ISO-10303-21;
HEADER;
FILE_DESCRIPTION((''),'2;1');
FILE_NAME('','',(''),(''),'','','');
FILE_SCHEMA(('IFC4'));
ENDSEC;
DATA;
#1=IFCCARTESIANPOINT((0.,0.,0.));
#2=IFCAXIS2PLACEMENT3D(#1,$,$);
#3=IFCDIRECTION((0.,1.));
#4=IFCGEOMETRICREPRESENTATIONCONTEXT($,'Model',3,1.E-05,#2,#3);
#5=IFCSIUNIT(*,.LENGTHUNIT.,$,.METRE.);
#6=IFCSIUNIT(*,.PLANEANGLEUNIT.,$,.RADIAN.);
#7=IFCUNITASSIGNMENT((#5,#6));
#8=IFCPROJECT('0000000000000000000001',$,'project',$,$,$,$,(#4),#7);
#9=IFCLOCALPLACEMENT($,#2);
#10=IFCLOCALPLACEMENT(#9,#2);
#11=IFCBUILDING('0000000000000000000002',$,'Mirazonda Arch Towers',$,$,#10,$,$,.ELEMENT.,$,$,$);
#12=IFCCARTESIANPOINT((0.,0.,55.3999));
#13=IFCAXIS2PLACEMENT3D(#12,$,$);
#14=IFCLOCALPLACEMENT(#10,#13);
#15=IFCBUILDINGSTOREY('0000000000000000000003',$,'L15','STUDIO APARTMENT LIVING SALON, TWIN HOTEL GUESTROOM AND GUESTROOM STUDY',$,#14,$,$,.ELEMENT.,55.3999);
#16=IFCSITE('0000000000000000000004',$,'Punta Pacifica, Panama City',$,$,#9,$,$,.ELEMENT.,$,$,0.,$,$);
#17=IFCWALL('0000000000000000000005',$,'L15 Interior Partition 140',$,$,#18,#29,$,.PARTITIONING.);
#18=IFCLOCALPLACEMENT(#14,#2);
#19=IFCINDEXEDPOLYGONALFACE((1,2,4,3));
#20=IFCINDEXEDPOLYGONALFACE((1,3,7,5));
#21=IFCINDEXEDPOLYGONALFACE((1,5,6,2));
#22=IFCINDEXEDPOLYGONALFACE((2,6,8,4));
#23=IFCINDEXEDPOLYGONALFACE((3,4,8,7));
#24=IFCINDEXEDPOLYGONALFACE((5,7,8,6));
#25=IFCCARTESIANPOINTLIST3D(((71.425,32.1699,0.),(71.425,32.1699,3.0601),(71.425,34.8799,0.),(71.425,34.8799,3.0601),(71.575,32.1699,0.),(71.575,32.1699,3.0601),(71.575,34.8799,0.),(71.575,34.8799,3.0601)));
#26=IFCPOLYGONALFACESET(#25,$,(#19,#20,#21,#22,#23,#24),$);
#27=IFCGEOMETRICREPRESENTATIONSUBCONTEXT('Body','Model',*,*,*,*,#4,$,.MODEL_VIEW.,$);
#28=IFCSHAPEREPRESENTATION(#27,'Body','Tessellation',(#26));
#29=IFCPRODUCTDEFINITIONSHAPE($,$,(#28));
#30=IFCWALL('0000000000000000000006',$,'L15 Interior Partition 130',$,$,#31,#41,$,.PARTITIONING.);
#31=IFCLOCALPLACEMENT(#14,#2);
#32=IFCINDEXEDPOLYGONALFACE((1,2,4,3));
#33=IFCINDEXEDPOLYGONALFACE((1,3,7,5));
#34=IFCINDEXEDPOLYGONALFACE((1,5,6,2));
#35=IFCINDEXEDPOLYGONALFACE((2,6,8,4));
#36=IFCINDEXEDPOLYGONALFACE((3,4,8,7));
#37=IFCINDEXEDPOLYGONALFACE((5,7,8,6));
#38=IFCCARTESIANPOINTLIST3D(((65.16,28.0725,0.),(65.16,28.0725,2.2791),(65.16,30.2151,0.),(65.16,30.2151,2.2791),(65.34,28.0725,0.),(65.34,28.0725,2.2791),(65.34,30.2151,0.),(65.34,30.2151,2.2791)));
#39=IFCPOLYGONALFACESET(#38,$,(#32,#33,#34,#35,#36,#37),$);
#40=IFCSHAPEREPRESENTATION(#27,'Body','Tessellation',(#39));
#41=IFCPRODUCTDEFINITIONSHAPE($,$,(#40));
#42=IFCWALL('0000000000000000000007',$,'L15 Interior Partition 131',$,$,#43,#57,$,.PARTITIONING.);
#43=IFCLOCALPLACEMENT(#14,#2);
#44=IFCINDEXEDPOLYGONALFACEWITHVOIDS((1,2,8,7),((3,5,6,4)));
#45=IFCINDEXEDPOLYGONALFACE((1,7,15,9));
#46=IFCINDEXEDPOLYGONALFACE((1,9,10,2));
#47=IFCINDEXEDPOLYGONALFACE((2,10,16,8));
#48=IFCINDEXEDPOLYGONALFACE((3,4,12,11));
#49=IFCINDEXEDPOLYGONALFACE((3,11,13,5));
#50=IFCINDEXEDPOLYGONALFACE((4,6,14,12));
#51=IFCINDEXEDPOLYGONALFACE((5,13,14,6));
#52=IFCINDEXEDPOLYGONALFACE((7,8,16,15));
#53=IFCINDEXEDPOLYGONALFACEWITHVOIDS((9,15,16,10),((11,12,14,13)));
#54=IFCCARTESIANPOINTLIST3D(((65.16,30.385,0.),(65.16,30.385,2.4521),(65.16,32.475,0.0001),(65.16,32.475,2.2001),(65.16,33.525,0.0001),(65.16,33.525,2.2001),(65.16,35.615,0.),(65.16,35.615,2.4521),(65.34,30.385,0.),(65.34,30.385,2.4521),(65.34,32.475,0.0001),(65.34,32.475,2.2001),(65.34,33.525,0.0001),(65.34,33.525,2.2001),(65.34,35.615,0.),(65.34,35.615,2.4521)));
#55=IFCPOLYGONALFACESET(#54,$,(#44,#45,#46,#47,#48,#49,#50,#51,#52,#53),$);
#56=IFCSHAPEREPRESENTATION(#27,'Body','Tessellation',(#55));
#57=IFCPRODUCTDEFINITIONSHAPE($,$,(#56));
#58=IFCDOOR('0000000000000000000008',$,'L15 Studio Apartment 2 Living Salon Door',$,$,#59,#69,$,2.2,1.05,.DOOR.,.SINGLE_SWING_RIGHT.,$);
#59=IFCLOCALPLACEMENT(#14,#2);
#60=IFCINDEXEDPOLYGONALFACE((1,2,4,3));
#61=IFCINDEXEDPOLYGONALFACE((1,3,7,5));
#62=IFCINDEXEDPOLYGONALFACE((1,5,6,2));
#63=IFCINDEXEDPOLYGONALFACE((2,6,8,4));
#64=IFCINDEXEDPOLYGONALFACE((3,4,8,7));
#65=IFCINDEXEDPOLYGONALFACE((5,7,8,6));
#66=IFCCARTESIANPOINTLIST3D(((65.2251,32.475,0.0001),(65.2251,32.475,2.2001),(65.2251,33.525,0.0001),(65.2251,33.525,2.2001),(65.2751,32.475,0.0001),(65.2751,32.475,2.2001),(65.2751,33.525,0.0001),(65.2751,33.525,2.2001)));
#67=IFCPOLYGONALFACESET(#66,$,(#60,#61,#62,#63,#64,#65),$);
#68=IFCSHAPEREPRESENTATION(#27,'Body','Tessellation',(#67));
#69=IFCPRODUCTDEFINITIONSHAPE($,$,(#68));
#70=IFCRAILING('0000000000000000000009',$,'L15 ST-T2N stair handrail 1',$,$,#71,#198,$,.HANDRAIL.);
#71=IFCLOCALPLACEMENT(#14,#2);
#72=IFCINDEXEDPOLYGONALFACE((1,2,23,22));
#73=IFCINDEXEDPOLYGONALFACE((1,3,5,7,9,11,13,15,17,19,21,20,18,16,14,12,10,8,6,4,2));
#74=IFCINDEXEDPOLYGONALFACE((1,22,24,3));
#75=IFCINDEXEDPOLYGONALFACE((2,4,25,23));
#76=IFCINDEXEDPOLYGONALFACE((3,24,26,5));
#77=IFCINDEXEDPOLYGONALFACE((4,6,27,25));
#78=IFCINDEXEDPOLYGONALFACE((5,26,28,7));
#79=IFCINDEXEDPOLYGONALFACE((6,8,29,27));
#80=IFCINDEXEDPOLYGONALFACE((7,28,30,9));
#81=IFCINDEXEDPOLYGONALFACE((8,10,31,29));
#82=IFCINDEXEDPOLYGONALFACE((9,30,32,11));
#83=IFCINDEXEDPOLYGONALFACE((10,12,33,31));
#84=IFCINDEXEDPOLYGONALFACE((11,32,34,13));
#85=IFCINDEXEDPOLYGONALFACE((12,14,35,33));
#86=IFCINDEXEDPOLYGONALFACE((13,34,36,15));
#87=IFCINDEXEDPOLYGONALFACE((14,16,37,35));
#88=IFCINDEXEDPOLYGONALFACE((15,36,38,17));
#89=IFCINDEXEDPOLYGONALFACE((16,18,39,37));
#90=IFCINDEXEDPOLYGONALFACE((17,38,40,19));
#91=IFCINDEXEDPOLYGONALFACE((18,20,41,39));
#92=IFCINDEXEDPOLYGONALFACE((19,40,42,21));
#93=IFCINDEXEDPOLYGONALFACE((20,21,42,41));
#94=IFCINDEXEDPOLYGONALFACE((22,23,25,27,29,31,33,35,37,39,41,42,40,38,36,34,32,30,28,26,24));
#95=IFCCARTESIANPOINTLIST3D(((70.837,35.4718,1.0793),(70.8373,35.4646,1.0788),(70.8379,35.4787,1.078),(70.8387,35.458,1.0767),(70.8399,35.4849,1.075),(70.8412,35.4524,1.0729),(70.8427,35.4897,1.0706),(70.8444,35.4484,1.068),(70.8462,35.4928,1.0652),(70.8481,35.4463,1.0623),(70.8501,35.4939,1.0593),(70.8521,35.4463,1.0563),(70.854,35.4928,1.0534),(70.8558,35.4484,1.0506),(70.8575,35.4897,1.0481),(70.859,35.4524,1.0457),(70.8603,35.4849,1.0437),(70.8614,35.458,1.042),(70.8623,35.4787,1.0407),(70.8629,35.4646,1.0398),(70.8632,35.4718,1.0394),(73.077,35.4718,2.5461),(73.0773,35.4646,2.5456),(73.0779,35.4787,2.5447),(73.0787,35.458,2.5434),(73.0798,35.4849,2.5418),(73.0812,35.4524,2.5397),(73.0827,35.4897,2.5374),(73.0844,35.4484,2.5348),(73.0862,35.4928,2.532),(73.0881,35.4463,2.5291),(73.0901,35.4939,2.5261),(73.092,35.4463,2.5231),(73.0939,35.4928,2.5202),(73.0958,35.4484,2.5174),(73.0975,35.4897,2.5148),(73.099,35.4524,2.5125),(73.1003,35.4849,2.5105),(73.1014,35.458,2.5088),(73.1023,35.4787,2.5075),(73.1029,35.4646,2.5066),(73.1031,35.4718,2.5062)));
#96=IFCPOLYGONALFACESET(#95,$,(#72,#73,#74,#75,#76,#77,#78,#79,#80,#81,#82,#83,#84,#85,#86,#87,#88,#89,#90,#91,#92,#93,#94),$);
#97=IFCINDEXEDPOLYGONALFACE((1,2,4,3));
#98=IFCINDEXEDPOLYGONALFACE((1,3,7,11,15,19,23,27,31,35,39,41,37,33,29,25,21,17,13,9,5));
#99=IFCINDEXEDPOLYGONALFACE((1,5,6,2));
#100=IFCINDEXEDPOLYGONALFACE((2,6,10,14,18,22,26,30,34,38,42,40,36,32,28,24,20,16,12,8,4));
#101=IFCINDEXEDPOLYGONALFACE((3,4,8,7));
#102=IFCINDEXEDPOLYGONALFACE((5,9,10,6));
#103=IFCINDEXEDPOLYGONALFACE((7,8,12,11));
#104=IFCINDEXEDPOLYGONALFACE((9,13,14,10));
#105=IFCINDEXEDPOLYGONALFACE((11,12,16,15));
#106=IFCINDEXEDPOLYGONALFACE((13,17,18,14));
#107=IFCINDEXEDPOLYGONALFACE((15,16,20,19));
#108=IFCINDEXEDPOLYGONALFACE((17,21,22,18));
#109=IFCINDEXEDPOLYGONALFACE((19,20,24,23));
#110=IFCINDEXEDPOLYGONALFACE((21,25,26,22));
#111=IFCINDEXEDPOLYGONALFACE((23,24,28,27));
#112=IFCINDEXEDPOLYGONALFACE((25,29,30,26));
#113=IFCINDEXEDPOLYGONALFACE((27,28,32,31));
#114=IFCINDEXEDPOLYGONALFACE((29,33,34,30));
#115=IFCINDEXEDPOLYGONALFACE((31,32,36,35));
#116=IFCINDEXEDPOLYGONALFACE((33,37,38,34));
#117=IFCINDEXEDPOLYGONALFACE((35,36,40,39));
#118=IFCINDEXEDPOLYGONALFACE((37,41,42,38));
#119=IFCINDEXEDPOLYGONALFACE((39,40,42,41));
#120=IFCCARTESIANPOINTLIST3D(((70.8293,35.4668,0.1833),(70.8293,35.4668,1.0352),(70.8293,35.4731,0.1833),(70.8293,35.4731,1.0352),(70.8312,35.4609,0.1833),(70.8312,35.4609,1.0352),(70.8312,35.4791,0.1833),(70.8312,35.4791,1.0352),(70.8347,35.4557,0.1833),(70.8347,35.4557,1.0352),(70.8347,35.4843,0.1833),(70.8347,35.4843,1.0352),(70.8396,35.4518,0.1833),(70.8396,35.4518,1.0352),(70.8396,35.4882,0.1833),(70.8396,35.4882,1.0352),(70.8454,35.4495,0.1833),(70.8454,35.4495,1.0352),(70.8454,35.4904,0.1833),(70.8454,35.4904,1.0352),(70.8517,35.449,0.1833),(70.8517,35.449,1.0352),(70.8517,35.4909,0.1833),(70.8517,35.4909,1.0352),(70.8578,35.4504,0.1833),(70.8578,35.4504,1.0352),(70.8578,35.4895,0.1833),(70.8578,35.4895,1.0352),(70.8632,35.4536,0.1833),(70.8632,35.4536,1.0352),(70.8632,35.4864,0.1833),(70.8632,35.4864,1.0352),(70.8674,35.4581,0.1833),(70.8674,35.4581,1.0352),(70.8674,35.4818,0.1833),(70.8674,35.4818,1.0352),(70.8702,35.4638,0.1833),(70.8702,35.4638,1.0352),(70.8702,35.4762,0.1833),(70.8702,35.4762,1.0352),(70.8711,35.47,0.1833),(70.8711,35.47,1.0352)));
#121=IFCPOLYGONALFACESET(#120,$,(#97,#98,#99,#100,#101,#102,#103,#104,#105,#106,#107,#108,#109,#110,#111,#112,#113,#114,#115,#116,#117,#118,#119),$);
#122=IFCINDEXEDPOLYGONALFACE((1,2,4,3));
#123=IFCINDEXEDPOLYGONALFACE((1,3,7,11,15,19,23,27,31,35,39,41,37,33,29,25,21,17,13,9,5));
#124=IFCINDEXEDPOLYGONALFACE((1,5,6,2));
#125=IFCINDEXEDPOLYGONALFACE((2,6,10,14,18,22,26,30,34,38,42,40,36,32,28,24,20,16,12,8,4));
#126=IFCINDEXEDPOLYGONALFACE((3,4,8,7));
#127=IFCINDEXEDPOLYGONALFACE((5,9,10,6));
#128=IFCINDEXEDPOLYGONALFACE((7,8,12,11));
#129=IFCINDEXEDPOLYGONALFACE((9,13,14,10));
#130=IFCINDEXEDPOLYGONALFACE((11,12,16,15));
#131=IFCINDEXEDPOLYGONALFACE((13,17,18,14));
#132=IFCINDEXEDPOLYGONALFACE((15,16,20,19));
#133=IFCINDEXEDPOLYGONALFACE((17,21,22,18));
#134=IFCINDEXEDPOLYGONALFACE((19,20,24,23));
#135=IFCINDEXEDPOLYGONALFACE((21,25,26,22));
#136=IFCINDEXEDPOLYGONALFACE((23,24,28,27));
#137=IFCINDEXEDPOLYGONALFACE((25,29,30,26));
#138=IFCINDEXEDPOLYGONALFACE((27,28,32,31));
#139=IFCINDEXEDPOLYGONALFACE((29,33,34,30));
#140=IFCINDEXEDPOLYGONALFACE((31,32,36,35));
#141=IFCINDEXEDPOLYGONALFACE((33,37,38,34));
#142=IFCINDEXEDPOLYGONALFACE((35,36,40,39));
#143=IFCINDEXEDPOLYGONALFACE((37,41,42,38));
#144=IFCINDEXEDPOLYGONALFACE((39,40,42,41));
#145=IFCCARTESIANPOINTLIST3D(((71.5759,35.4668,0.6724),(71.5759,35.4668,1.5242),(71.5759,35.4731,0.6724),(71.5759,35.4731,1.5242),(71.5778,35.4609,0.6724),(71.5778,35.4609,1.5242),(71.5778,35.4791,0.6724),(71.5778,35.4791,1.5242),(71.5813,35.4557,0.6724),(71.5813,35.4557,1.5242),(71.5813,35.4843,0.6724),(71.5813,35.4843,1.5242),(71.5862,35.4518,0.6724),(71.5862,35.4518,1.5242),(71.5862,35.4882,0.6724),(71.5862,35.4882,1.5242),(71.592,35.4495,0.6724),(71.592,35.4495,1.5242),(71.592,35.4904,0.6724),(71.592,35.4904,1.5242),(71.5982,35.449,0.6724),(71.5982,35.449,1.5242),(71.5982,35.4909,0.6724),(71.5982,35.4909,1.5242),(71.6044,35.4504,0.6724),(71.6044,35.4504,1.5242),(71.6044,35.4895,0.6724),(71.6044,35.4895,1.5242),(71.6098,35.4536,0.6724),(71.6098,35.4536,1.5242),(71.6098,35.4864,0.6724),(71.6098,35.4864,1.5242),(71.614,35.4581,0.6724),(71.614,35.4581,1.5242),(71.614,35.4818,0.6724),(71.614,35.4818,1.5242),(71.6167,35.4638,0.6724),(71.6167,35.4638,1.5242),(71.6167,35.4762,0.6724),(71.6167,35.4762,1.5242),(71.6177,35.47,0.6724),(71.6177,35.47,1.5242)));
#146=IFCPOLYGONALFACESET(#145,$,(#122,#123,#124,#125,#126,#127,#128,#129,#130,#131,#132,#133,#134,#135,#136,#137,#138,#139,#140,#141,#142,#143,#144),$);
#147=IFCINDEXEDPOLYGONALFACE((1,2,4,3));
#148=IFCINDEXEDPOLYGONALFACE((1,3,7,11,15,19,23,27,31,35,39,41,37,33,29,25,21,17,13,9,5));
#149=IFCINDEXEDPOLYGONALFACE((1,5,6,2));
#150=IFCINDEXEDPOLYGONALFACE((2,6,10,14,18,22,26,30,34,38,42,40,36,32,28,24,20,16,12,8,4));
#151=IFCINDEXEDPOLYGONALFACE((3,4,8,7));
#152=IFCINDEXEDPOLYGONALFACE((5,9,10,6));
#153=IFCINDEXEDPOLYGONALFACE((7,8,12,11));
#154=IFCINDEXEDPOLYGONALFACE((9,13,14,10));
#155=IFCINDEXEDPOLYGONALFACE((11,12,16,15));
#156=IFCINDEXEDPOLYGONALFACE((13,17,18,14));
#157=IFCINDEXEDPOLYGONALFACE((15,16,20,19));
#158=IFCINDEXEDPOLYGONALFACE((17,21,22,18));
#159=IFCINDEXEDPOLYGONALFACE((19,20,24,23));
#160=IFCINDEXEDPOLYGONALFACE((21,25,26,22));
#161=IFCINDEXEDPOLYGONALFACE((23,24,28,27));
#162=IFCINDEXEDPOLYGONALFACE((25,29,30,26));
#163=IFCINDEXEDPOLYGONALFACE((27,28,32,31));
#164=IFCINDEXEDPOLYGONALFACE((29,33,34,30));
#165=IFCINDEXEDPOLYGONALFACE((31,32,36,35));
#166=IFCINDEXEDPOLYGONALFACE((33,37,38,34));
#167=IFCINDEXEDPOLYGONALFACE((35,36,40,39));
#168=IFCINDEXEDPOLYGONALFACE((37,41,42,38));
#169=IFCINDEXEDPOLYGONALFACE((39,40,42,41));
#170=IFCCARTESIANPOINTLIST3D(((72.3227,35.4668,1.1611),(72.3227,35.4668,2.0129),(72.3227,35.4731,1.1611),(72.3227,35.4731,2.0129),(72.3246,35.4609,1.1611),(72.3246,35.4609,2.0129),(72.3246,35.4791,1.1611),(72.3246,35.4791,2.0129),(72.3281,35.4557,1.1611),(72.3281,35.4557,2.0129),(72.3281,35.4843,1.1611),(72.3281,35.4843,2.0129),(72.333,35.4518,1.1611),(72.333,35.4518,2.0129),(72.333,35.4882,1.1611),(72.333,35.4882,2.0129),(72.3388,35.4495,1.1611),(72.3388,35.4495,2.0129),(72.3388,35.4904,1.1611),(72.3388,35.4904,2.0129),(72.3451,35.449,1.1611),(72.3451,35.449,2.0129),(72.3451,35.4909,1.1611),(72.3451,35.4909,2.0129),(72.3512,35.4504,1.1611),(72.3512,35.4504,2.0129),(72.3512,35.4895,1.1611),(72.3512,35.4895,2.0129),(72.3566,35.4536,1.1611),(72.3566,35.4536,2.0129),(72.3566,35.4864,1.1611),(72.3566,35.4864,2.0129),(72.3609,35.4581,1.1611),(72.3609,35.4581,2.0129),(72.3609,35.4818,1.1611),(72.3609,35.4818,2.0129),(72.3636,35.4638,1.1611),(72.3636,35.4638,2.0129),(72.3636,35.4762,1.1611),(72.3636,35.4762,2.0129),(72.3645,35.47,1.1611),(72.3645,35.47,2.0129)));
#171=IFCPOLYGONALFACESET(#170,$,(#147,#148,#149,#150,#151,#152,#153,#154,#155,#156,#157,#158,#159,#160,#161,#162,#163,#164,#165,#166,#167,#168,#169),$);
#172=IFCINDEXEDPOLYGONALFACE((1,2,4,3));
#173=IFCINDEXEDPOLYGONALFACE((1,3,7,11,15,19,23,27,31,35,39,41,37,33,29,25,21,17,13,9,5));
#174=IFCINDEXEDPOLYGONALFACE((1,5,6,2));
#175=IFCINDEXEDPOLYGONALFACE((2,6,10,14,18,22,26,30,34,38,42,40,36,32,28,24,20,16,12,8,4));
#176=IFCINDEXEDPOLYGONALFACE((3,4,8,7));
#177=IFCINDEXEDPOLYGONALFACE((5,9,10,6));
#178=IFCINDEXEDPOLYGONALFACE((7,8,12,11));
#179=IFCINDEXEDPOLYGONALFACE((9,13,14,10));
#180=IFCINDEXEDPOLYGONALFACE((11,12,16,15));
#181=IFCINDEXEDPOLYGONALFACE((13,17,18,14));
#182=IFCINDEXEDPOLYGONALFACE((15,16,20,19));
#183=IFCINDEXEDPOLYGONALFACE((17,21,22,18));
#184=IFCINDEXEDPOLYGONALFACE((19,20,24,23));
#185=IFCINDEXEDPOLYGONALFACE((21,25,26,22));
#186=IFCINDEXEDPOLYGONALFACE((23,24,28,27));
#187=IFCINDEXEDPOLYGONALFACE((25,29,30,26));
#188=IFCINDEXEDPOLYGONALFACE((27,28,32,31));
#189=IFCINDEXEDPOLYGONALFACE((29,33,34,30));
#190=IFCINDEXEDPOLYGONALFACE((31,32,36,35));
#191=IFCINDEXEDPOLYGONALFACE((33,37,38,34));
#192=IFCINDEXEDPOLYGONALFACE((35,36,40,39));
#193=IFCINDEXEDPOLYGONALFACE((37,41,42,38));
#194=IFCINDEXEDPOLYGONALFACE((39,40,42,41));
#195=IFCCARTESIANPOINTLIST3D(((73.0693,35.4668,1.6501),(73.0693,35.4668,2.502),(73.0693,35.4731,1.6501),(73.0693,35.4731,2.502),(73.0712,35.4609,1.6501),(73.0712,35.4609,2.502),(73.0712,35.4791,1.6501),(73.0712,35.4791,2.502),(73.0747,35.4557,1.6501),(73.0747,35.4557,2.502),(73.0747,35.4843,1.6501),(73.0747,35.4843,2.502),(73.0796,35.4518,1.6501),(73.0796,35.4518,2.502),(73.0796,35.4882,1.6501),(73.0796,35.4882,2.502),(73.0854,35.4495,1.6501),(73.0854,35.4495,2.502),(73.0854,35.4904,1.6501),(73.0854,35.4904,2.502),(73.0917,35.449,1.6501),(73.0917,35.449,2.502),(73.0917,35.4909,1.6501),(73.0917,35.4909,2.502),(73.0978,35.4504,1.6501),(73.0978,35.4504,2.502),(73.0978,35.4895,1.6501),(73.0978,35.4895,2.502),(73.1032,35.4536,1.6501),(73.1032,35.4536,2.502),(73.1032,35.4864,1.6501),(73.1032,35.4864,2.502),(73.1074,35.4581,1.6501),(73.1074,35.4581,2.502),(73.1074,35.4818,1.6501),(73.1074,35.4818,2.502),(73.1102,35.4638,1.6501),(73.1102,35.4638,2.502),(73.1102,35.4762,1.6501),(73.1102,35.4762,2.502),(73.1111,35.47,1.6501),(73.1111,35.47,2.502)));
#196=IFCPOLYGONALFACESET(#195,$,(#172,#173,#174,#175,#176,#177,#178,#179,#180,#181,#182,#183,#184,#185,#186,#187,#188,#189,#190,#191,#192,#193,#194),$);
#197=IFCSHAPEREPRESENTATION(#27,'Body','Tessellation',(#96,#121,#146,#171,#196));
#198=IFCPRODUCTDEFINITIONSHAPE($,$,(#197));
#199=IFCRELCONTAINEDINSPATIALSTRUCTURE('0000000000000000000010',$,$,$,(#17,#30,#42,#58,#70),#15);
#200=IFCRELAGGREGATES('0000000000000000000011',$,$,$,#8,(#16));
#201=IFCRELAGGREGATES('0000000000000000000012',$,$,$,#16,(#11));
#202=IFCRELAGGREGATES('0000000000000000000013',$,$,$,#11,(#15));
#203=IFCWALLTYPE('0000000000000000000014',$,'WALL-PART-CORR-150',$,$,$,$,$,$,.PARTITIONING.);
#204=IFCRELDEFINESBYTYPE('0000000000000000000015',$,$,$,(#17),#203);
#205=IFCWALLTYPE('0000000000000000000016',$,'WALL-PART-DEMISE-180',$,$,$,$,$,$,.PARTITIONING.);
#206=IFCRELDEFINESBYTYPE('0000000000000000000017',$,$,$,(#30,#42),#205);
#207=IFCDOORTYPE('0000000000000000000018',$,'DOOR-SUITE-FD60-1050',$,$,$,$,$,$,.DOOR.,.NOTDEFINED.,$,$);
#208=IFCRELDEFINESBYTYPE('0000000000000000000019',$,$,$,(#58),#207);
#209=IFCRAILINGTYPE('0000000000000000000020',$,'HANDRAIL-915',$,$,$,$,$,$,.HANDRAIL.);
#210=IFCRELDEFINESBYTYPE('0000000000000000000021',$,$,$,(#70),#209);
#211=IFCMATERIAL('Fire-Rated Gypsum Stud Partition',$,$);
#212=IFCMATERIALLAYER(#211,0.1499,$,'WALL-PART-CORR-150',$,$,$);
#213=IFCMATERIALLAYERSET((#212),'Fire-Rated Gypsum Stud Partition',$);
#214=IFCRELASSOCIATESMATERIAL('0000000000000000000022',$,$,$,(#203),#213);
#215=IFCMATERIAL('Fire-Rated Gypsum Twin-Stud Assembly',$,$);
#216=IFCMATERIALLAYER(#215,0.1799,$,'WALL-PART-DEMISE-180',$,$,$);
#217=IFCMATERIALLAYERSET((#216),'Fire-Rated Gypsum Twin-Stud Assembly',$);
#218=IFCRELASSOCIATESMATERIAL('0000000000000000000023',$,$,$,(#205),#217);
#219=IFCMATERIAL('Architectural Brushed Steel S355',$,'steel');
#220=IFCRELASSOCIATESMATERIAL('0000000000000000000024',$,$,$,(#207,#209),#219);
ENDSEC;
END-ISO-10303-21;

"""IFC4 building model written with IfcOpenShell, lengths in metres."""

from ifc_helpers import new_model, si_unit, direction, frame, frame_2d, origin, origin_2d, place, context, subcontext, project, spatial, rectangle, circle, extrude, material, layer, layer_set, type_object, element, fill, save


model = new_model("IFC4")

# Units and contexts
model_context = context("Model", 3, precision=1e-05, world=origin(), true_north=direction((0.0, 1.0)))
body_context = subcontext(model_context, "Body", "Model", "MODEL_VIEW")
ifc_project = project(units=[si_unit("LENGTHUNIT", "METRE"), si_unit("PLANEANGLEUNIT", "RADIAN")], contexts=[model_context])

# Site, building, storey
site_placement = place(None, origin())
site = spatial("IfcSite", under=ifc_project, at=site_placement, Name="Punta Pacifica, Panama City", CompositionType="ELEMENT", RefElevation=0.0)
building_placement = place(site_placement, origin())
building = spatial("IfcBuilding", under=site, at=building_placement, Name="Mirazonda Arch Towers", CompositionType="ELEMENT")
storey_placement = place(building_placement, frame((0.0, 0.0, 55.3999)))
storey = spatial("IfcBuildingStorey", under=building, at=storey_placement, Name="L15", Description="STUDIO APARTMENT LIVING SALON, TWIN HOTEL GUESTROOM AND GUESTROOM STUDY", CompositionType="ELEMENT", Elevation=55.3999)

# Shared definitions
ifc_material_1 = material(Name="Architectural Brushed Steel S355", Category="steel")
ifc_material_2 = material(Name="Fire-Rated Gypsum Stud Partition")
ifc_layer_1 = layer(ifc_material_2, 0.1499, Name="WALL-PART-CORR-150")
ifc_layer_set_1 = layer_set([ifc_layer_1], Name="Fire-Rated Gypsum Stud Partition")
wall_type_1 = type_object("IfcWallType", Name="WALL-PART-CORR-150", PredefinedType="PARTITIONING", material=ifc_layer_set_1)

# Walls
wall_1_placement = place(storey_placement, frame((71.5, 32.1699, 0.0), z_axis=(0.0, 0.0, 1.0), x_axis=(0.0, 1.0, 0.0)))
element("IfcWall", 1, at=wall_1_placement, inside=storey, type_object=wall_type_1, Name="L15 Interior Partition 140", PredefinedType="PARTITIONING", context=body_context, shape_type="SweptSolid", body=[
    extrude(rectangle(XDim=2.71, YDim=0.1499, at=frame_2d((1.355, 0.0))), origin(), (0.0, 0.0, 1.0), 3.0601),
])
ifc_material_3 = material(Name="Fire-Rated Gypsum Twin-Stud Assembly")
ifc_layer_2 = layer(ifc_material_3, 0.1799, Name="WALL-PART-DEMISE-180")
ifc_layer_set_2 = layer_set([ifc_layer_2], Name="Fire-Rated Gypsum Twin-Stud Assembly")
wall_type_2 = type_object("IfcWallType", Name="WALL-PART-DEMISE-180", PredefinedType="PARTITIONING", material=ifc_layer_set_2)
wall_2_placement = place(storey_placement, frame((65.25, 28.0725, 0.0), z_axis=(0.0, 0.0, 1.0), x_axis=(0.0, 1.0, 0.0)))
element("IfcWall", 2, at=wall_2_placement, inside=storey, type_object=wall_type_2, Name="L15 Interior Partition 130", PredefinedType="PARTITIONING", context=body_context, shape_type="SweptSolid", body=[
    extrude(rectangle(XDim=2.1426, YDim=0.1799, at=frame_2d((1.0713, 0.0))), origin(), (0.0, 0.0, 1.0), 2.2791),
])

# Wall, opening, door
wall_3_placement = place(storey_placement, frame((65.25, 30.385, 0.0), z_axis=(0.0, 0.0, 1.0), x_axis=(0.0, 1.0, 0.0)))
wall_3 = element("IfcWall", 3, at=wall_3_placement, inside=storey, type_object=wall_type_2, Name="L15 Interior Partition 131", PredefinedType="PARTITIONING", context=body_context, shape_type="SweptSolid", body=[
    extrude(rectangle(XDim=5.23, YDim=0.1799, at=frame_2d((2.615, 0.0))), origin(), (0.0, 0.0, 1.0), 2.4521),
])
opening_1_placement = place(wall_3_placement, frame((2.0901, 0.0, 0.0)))
opening_1 = element("IfcOpeningElement", 4, at=opening_1_placement, cuts=wall_3, PredefinedType="OPENING", context=body_context, shape_type="SweptSolid", body=[
    extrude(rectangle(XDim=1.05, YDim=2.2, at=frame_2d((0.5249, 1.1001))), frame((0.0, 0.0999, 0.0), z_axis=(0.0, -1.0, 0.0), x_axis=(1.0, 0.0, 0.0)), (0.0, 0.0, 1.0), 0.2),
])
door_type_1 = type_object("IfcDoorType", Name="DOOR-SUITE-FD60-1050", OperationType="NOTDEFINED", PredefinedType="DOOR", material=ifc_material_1)
door_1_placement = place(opening_1_placement, origin())
door_1 = element("IfcDoor", 5, at=door_1_placement, inside=storey, type_object=door_type_1, Name="L15 Studio Apartment 2 Living Salon Door", OperationType="SINGLE_SWING_RIGHT", OverallHeight=2.2, OverallWidth=1.05, PredefinedType="DOOR", context=body_context, shape_type="SweptSolid", body=[
    extrude(rectangle(XDim=1.05, YDim=2.2, at=frame_2d((0.5249, 1.1001))), frame((0.0, 0.0249, 0.0), z_axis=(0.0, -1.0, 0.0), x_axis=(1.0, 0.0, 0.0)), (0.0, 0.0, 1.0), 0.05),
])
fill(opening_1, door_1)

# Railing
railing_type = type_object("IfcRailingType", Name="HANDRAIL-915", PredefinedType="HANDRAIL", material=ifc_material_1)
railing_placement = place(storey_placement, frame((70.8501, 35.47, 0.1833)))
element("IfcRailing", 6, at=railing_placement, inside=storey, type_object=railing_type, Name="L15 ST-T2N stair handrail 1", PredefinedType="HANDRAIL", context=body_context, shape_type="SweptSolid", body=[
    extrude(circle(Radius=0.0239, at=origin_2d()), frame((0.0, 0.0, 0.876), z_axis=(0.836595, 0.0, 0.547822), x_axis=(0.0, 1.0, 0.0)), (0.0, 0.0, 1.0), 2.6775),
    extrude(circle(Radius=0.021, at=origin_2d()), origin(), (0.0, 0.0, 1.0), 0.8518),
    extrude(circle(Radius=0.021, at=origin_2d()), frame((0.7466, 0.0, 0.489)), (0.0, 0.0, 1.0), 0.8518),
    extrude(circle(Radius=0.021, at=origin_2d()), frame((1.4934, 0.0, 0.9778)), (0.0, 0.0, 1.0), 0.8518),
    extrude(circle(Radius=0.021, at=origin_2d()), frame((2.24, 0.0, 1.4668)), (0.0, 0.0, 1.0), 0.8518),
])

save(model, "model.ifc")
